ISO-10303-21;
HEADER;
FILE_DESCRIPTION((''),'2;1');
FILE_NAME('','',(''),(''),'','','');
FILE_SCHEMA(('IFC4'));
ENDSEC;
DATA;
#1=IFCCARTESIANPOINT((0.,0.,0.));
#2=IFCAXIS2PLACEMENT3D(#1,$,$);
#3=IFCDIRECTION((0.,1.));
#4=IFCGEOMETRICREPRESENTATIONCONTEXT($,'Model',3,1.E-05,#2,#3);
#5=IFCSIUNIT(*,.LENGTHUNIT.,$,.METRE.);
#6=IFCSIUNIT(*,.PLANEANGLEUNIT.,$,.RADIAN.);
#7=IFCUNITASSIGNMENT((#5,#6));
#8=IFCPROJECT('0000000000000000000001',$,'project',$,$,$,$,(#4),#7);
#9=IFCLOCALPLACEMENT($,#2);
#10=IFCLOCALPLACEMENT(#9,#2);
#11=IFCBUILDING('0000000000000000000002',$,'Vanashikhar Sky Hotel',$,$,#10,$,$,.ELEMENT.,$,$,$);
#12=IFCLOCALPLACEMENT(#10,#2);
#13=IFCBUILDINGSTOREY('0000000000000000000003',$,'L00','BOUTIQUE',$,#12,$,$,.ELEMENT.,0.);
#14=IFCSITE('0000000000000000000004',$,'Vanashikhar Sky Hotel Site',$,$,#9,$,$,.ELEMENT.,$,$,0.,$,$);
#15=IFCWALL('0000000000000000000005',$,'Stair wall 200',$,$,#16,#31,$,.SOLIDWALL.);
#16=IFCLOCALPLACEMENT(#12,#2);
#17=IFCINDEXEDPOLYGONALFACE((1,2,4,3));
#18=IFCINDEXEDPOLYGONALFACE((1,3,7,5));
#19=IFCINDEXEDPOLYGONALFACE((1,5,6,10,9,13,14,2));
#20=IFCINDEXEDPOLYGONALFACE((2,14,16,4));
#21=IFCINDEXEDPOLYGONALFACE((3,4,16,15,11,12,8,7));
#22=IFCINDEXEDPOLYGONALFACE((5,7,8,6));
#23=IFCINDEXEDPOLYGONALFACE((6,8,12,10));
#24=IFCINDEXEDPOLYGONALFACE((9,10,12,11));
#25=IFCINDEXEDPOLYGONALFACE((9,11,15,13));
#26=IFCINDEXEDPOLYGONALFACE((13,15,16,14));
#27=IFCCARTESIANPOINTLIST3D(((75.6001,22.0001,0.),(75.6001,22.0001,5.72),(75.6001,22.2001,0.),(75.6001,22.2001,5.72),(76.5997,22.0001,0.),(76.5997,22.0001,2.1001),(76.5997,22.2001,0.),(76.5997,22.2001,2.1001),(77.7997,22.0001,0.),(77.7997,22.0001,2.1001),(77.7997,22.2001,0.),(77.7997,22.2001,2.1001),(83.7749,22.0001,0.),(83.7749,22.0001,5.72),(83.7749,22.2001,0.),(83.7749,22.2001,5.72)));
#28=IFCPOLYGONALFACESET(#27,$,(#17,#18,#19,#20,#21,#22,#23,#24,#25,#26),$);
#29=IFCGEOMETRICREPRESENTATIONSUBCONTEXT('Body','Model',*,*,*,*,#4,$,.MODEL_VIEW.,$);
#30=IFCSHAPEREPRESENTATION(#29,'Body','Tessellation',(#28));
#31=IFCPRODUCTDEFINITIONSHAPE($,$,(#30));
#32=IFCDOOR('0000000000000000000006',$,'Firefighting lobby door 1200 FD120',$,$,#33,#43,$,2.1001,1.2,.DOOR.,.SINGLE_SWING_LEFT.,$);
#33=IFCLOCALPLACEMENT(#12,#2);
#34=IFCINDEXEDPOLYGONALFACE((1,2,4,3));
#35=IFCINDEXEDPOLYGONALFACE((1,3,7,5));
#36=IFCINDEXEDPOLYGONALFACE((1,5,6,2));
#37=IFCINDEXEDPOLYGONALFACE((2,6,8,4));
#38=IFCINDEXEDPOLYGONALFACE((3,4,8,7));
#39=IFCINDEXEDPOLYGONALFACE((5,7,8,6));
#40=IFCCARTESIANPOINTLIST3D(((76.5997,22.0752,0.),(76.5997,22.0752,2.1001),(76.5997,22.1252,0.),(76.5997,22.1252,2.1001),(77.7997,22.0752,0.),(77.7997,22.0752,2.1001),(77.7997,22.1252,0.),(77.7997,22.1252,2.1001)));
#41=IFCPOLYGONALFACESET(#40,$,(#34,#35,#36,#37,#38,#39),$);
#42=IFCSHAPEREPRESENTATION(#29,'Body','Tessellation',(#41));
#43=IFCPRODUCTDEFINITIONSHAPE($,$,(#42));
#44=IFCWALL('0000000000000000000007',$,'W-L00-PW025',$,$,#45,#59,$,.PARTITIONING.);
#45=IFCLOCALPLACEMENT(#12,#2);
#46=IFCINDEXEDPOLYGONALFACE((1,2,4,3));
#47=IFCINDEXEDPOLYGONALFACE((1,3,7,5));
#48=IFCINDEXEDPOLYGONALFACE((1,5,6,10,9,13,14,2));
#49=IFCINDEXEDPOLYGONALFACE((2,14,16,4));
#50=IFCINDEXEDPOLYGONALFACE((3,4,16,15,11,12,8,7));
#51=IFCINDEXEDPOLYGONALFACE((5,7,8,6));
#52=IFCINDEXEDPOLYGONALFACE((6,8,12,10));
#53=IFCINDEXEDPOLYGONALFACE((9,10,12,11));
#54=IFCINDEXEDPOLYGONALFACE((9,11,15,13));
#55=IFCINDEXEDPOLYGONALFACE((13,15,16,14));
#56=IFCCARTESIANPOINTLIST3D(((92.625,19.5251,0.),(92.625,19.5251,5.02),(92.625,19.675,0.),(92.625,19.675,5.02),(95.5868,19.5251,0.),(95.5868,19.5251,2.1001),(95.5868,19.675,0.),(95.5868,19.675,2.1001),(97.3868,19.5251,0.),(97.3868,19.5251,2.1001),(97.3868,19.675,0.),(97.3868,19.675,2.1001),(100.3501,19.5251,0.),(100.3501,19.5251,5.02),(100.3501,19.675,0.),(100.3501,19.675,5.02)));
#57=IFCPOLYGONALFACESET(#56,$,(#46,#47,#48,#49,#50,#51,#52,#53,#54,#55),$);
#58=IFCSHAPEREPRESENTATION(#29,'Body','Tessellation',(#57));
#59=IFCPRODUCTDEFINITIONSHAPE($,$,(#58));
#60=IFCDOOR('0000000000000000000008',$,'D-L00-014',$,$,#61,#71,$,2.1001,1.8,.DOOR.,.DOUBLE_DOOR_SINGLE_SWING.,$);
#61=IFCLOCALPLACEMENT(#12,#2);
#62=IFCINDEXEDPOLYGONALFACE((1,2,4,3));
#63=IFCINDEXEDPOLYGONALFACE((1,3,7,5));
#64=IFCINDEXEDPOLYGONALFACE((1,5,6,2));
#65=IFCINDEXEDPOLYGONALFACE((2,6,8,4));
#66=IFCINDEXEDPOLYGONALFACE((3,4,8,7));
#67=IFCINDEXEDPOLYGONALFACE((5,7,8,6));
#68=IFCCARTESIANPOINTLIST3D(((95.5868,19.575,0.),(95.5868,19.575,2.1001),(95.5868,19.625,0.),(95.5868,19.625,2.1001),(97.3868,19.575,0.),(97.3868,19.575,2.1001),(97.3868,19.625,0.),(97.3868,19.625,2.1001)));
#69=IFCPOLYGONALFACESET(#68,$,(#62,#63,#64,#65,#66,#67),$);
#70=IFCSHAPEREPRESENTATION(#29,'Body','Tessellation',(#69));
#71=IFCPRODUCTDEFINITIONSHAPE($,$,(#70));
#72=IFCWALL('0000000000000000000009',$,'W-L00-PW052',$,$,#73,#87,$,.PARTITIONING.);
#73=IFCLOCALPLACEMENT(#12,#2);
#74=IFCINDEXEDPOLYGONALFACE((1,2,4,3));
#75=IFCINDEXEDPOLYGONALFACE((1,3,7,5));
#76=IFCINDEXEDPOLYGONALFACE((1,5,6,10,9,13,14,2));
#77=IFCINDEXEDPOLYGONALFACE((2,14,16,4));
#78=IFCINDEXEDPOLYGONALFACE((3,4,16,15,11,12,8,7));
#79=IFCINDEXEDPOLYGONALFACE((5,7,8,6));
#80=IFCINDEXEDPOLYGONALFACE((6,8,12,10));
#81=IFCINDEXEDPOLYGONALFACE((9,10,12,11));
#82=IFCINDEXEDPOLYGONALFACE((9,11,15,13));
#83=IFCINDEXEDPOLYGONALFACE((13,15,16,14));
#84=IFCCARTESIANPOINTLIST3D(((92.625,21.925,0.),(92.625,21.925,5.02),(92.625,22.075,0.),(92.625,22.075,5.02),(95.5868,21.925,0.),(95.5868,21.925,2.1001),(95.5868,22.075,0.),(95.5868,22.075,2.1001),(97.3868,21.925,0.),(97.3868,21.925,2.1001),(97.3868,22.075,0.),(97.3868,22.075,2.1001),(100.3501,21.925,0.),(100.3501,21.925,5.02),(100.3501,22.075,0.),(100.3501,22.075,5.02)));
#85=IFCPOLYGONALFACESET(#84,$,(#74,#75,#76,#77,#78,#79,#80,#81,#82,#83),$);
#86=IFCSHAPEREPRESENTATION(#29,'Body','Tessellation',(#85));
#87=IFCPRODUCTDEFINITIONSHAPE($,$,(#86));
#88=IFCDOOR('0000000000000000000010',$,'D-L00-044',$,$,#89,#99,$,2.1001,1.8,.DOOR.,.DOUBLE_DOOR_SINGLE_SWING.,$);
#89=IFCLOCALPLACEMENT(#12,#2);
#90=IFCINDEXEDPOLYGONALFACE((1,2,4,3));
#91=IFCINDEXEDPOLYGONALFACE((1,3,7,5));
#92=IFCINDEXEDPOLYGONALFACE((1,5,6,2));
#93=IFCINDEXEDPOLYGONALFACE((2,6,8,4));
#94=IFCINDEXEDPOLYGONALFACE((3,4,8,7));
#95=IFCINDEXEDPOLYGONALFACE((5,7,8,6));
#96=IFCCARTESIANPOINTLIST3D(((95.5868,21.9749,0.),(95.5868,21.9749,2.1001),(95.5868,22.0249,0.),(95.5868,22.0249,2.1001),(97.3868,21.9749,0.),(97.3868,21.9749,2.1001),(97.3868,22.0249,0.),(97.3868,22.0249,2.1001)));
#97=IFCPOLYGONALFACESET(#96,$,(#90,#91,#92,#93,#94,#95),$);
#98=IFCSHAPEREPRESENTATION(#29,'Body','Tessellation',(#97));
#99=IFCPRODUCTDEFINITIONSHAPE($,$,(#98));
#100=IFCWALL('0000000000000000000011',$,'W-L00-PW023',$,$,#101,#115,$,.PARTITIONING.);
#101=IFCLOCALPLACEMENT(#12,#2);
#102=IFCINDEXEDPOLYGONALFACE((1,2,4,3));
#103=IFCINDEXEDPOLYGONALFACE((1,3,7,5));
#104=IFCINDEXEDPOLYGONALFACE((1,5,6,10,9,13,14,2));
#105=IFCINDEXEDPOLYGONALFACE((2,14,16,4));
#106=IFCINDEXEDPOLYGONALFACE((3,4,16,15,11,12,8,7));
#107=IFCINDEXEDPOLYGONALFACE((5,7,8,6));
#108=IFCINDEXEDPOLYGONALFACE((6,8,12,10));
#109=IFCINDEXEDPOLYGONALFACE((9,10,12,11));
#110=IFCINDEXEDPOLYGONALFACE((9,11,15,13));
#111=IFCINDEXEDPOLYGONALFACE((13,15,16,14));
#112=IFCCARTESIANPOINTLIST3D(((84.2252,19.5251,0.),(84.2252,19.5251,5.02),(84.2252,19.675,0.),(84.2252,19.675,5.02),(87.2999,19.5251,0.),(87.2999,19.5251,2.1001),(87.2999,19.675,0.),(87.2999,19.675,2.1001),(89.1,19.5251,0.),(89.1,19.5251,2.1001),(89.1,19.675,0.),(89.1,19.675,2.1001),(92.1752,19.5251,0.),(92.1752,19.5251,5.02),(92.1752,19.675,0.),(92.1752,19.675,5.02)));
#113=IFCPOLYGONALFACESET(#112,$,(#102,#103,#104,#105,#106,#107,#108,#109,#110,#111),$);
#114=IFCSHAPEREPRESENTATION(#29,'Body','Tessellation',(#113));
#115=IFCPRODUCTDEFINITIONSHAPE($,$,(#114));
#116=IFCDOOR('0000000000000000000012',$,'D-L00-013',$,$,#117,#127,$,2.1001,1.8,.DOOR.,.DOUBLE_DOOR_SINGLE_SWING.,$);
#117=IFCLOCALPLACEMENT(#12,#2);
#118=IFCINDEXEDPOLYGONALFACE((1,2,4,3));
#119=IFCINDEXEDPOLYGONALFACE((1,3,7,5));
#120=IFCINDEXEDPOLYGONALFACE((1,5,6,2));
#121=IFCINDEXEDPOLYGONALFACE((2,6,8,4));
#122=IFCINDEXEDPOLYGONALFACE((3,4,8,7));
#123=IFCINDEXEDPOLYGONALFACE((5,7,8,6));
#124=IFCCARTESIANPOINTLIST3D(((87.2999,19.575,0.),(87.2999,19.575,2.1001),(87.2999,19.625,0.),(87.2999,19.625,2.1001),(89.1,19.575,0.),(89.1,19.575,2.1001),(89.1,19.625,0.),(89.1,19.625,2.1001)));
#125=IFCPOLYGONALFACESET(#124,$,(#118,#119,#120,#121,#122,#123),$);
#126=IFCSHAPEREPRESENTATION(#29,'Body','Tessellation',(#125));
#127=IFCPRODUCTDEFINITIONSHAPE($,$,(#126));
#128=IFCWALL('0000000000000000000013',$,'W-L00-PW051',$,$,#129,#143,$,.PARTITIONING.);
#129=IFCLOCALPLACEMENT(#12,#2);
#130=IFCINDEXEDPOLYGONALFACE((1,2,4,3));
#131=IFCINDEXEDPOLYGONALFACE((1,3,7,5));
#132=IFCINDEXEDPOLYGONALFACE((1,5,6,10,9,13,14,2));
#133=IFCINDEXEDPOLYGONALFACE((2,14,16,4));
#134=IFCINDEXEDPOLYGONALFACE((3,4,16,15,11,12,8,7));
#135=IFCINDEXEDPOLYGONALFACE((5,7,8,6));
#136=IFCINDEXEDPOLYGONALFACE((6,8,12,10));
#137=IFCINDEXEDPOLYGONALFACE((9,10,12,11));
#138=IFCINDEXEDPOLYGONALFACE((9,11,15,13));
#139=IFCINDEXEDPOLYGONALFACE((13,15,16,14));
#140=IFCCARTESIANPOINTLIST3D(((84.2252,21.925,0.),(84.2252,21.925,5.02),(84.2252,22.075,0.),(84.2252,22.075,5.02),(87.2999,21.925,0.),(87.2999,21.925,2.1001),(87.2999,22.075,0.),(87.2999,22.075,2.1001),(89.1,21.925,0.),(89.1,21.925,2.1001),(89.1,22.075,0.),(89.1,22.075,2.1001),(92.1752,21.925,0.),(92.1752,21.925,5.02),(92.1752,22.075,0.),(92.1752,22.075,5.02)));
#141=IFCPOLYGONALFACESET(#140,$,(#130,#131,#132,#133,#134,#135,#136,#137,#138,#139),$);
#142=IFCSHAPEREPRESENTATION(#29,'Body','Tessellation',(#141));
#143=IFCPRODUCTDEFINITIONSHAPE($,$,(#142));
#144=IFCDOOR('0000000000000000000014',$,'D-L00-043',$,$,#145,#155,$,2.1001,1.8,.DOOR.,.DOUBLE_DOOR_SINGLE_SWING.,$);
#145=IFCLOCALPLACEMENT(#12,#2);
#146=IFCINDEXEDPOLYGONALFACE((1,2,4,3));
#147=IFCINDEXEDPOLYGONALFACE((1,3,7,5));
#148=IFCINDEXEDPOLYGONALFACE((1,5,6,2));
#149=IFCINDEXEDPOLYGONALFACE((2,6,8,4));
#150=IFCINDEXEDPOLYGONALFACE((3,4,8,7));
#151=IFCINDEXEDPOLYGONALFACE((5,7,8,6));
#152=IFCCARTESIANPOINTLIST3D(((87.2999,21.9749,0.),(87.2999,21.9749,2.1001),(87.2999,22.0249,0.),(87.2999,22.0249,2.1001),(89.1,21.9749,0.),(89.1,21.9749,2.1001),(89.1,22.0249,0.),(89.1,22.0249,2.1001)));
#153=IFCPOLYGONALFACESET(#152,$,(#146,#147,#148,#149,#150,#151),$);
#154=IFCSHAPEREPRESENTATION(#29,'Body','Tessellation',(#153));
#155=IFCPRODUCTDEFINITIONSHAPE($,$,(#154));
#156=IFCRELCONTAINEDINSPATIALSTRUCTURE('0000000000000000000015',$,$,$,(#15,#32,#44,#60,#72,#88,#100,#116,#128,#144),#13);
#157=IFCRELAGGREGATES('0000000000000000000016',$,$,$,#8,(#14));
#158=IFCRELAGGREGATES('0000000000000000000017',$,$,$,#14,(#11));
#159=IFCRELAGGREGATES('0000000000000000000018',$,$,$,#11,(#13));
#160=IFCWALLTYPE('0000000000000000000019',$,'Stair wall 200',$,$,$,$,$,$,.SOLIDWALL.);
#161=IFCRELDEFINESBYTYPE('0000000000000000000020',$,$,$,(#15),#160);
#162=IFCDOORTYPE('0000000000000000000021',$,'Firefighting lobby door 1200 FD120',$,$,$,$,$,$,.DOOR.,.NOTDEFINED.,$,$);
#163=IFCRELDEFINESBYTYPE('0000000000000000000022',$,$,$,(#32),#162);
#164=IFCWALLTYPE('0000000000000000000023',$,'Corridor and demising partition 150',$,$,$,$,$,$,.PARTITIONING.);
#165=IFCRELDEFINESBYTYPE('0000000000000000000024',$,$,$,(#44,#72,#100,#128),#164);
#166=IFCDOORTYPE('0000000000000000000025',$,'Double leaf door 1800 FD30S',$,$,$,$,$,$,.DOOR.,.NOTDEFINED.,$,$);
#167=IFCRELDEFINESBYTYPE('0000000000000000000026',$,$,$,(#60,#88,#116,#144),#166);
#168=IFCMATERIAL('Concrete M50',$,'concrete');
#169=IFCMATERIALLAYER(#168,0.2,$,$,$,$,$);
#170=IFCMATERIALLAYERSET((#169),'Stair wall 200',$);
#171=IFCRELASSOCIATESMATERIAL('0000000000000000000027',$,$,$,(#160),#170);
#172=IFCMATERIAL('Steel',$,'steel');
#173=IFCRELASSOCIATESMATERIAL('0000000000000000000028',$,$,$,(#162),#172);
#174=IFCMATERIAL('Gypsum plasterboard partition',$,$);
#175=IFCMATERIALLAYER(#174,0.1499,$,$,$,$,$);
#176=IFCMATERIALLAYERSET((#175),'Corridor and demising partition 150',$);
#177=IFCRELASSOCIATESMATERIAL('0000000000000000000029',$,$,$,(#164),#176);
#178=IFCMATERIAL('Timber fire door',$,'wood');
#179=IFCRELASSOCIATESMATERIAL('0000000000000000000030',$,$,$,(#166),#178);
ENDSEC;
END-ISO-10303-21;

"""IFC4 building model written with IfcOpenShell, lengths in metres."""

from ifc_helpers import new_model, si_unit, direction, frame, frame_2d, origin, place, context, subcontext, project, spatial, rectangle, extrude, source, transform, mapped, material, layer, layer_set, type_object, element, fill, save


model = new_model("IFC4")

# Units and contexts
model_context = context("Model", 3, precision=1e-05, world=origin(), true_north=direction((0.0, 1.0)))
body_context = subcontext(model_context, "Body", "Model", "MODEL_VIEW")
ifc_project = project(units=[si_unit("LENGTHUNIT", "METRE"), si_unit("PLANEANGLEUNIT", "RADIAN")], contexts=[model_context])

# Site, building, storey
site_placement = place(None, origin())
site = spatial("IfcSite", under=ifc_project, at=site_placement, Name="Vanashikhar Sky Hotel Site", CompositionType="ELEMENT", RefElevation=0.0)
building_placement = place(site_placement, origin())
building = spatial("IfcBuilding", under=site, at=building_placement, Name="Vanashikhar Sky Hotel", CompositionType="ELEMENT")
storey_placement = place(building_placement, origin())
storey = spatial("IfcBuildingStorey", under=building, at=storey_placement, Name="L00", Description="BOUTIQUE", CompositionType="ELEMENT", Elevation=0.0)

# Shared definitions
ifc_material_1 = material(Name="Concrete M50", Category="concrete")

# Walls, openings, doors
ifc_layer_1 = layer(ifc_material_1, 0.2)
ifc_layer_set_1 = layer_set([ifc_layer_1], Name="Stair wall 200")
wall_type_1 = type_object("IfcWallType", Name="Stair wall 200", PredefinedType="SOLIDWALL", material=ifc_layer_set_1)
shared_shape_1 = source(origin(), body_context, "Body", "SweptSolid", [
    extrude(rectangle(XDim=8.1748, YDim=0.2, at=frame_2d((4.0874, 0.0))), origin(), (0.0, 0.0, 1.0), 5.72),
])
wall_1_placement = place(storey_placement, frame((83.7749, 22.1001, 0.0), z_axis=(0.0, 0.0, 1.0), x_axis=(-1.0, 0.0, 0.0)))
wall_1 = element("IfcWall", 1, at=wall_1_placement, inside=storey, type_object=wall_type_1, Name="Stair wall 200", PredefinedType="SOLIDWALL", context=body_context, shape_type="MappedRepresentation", body=[
    mapped(shared_shape_1, transform((0.0, 0.0, 0.0), scale=1.0)),
])
shared_shape_2 = source(origin(), body_context, "Body", "SweptSolid", [
    extrude(rectangle(XDim=1.2, YDim=2.1001, at=frame_2d((0.6001, 1.05))), frame((0.0, 0.1099, 0.0), z_axis=(0.0, -1.0, 0.0), x_axis=(1.0, 0.0, 0.0)), (0.0, 0.0, 1.0), 0.22),
])
opening_1_placement = place(wall_1_placement, frame((5.9751, 0.0, 0.0)))
opening_1 = element("IfcOpeningElement", 2, at=opening_1_placement, cuts=wall_1, PredefinedType="OPENING", context=body_context, shape_type="MappedRepresentation", body=[
    mapped(shared_shape_2, transform((0.0, 0.0, 0.0), scale=1.0)),
])
ifc_material_2 = material(Name="Steel", Category="steel")
door_type_1 = type_object("IfcDoorType", Name="Firefighting lobby door 1200 FD120", OperationType="NOTDEFINED", PredefinedType="DOOR", material=ifc_material_2)
shared_shape_3 = source(origin(), body_context, "Body", "SweptSolid", [
    extrude(rectangle(XDim=1.2, YDim=2.1001, at=frame_2d((0.6001, 1.05))), frame((0.0, 0.0249, 0.0), z_axis=(0.0, -1.0, 0.0), x_axis=(1.0, 0.0, 0.0)), (0.0, 0.0, 1.0), 0.05),
])
door_1_placement = place(opening_1_placement, origin())
door_1 = element("IfcDoor", 3, at=door_1_placement, inside=storey, type_object=door_type_1, Name="Firefighting lobby door 1200 FD120", OperationType="SINGLE_SWING_LEFT", OverallHeight=2.1001, OverallWidth=1.2, PredefinedType="DOOR", context=body_context, shape_type="MappedRepresentation", body=[
    mapped(shared_shape_3, transform((0.0, 0.0, 0.0), scale=1.0)),
])
fill(opening_1, door_1)
ifc_material_3 = material(Name="Gypsum plasterboard partition")
ifc_layer_2 = layer(ifc_material_3, 0.1499)
ifc_layer_set_2 = layer_set([ifc_layer_2], Name="Corridor and demising partition 150")
wall_type_2 = type_object("IfcWallType", Name="Corridor and demising partition 150", PredefinedType="PARTITIONING", material=ifc_layer_set_2)
shared_shape_4 = source(origin(), body_context, "Body", "SweptSolid", [
    extrude(rectangle(XDim=7.7251, YDim=0.1499, at=frame_2d((3.8625, 0.0))), origin(), (0.0, 0.0, 1.0), 5.02),
])
wall_2_placement = place(storey_placement, frame((92.625, 19.6001, 0.0), z_axis=(0.0, 0.0, 1.0), x_axis=(1.0, 0.0, 0.0)))
wall_2 = element("IfcWall", 4, at=wall_2_placement, inside=storey, type_object=wall_type_2, Name="W-L00-PW025", PredefinedType="PARTITIONING", context=body_context, shape_type="MappedRepresentation", body=[
    mapped(shared_shape_4, transform((0.0, 0.0, 0.0), scale=1.0)),
])
shared_shape_5 = source(origin(), body_context, "Body", "SweptSolid", [
    extrude(rectangle(XDim=1.8, YDim=2.1001, at=frame_2d((0.8999, 1.05))), frame((0.0, 0.085, 0.0), z_axis=(0.0, -1.0, 0.0), x_axis=(1.0, 0.0, 0.0)), (0.0, 0.0, 1.0), 0.1699),
])
opening_2_placement = place(wall_2_placement, frame((2.9619, 0.0, 0.0)))
opening_2 = element("IfcOpeningElement", 5, at=opening_2_placement, cuts=wall_2, PredefinedType="OPENING", context=body_context, shape_type="MappedRepresentation", body=[
    mapped(shared_shape_5, transform((0.0, 0.0, 0.0), scale=1.0)),
])
ifc_material_4 = material(Name="Timber fire door", Category="wood")
door_type_2 = type_object("IfcDoorType", Name="Double leaf door 1800 FD30S", OperationType="NOTDEFINED", PredefinedType="DOOR", material=ifc_material_4)
shared_shape_6 = source(origin(), body_context, "Body", "SweptSolid", [
    extrude(rectangle(XDim=1.8, YDim=2.1001, at=frame_2d((0.8999, 1.05))), frame((0.0, 0.0249, 0.0), z_axis=(0.0, -1.0, 0.0), x_axis=(1.0, 0.0, 0.0)), (0.0, 0.0, 1.0), 0.05),
])
door_2_placement = place(opening_2_placement, origin())
door_2 = element("IfcDoor", 6, at=door_2_placement, inside=storey, type_object=door_type_2, Name="D-L00-014", OperationType="DOUBLE_DOOR_SINGLE_SWING", OverallHeight=2.1001, OverallWidth=1.8, PredefinedType="DOOR", context=body_context, shape_type="MappedRepresentation", body=[
    mapped(shared_shape_6, transform((0.0, 0.0, 0.0), scale=1.0)),
])
fill(opening_2, door_2)
wall_3_placement = place(storey_placement, frame((92.625, 22.0, 0.0), z_axis=(0.0, 0.0, 1.0), x_axis=(1.0, 0.0, 0.0)))
wall_3 = element("IfcWall", 7, at=wall_3_placement, inside=storey, type_object=wall_type_2, Name="W-L00-PW052", PredefinedType="PARTITIONING", context=body_context, shape_type="MappedRepresentation", body=[
    mapped(shared_shape_4, transform((0.0, 0.0, 0.0), scale=1.0)),
])
opening_3_placement = place(wall_3_placement, frame((2.9619, 0.0, 0.0)))
opening_3 = element("IfcOpeningElement", 8, at=opening_3_placement, cuts=wall_3, PredefinedType="OPENING", context=body_context, shape_type="MappedRepresentation", body=[
    mapped(shared_shape_5, transform((0.0, 0.0, 0.0), scale=1.0)),
])
door_3_placement = place(opening_3_placement, origin())
door_3 = element("IfcDoor", 9, at=door_3_placement, inside=storey, type_object=door_type_2, Name="D-L00-044", OperationType="DOUBLE_DOOR_SINGLE_SWING", OverallHeight=2.1001, OverallWidth=1.8, PredefinedType="DOOR", context=body_context, shape_type="MappedRepresentation", body=[
    mapped(shared_shape_6, transform((0.0, 0.0, 0.0), scale=1.0)),
])
fill(opening_3, door_3)
shared_shape_7 = source(origin(), body_context, "Body", "SweptSolid", [
    extrude(rectangle(XDim=7.95, YDim=0.1499, at=frame_2d((3.9751, 0.0))), origin(), (0.0, 0.0, 1.0), 5.02),
])
wall_4_placement = place(storey_placement, frame((84.2251, 19.6001, 0.0), z_axis=(0.0, 0.0, 1.0), x_axis=(1.0, 0.0, 0.0)))
wall_4 = element("IfcWall", 10, at=wall_4_placement, inside=storey, type_object=wall_type_2, Name="W-L00-PW023", PredefinedType="PARTITIONING", context=body_context, shape_type="MappedRepresentation", body=[
    mapped(shared_shape_7, transform((0.0, 0.0, 0.0), scale=1.0)),
])
opening_4_placement = place(wall_4_placement, frame((3.075, 0.0, 0.0)))
opening_4 = element("IfcOpeningElement", 11, at=opening_4_placement, cuts=wall_4, PredefinedType="OPENING", context=body_context, shape_type="MappedRepresentation", body=[
    mapped(shared_shape_5, transform((0.0, 0.0, 0.0), scale=1.0)),
])
door_4_placement = place(opening_4_placement, origin())
door_4 = element("IfcDoor", 12, at=door_4_placement, inside=storey, type_object=door_type_2, Name="D-L00-013", OperationType="DOUBLE_DOOR_SINGLE_SWING", OverallHeight=2.1001, OverallWidth=1.8, PredefinedType="DOOR", context=body_context, shape_type="MappedRepresentation", body=[
    mapped(shared_shape_6, transform((0.0, 0.0, 0.0), scale=1.0)),
])
fill(opening_4, door_4)
wall_5_placement = place(storey_placement, frame((84.2251, 22.0, 0.0), z_axis=(0.0, 0.0, 1.0), x_axis=(1.0, 0.0, 0.0)))
wall_5 = element("IfcWall", 13, at=wall_5_placement, inside=storey, type_object=wall_type_2, Name="W-L00-PW051", PredefinedType="PARTITIONING", context=body_context, shape_type="MappedRepresentation", body=[
    mapped(shared_shape_7, transform((0.0, 0.0, 0.0), scale=1.0)),
])
opening_5_placement = place(wall_5_placement, frame((3.075, 0.0, 0.0)))
opening_5 = element("IfcOpeningElement", 14, at=opening_5_placement, cuts=wall_5, PredefinedType="OPENING", context=body_context, shape_type="MappedRepresentation", body=[
    mapped(shared_shape_5, transform((0.0, 0.0, 0.0), scale=1.0)),
])
door_5_placement = place(opening_5_placement, origin())
door_5 = element("IfcDoor", 15, at=door_5_placement, inside=storey, type_object=door_type_2, Name="D-L00-043", OperationType="DOUBLE_DOOR_SINGLE_SWING", OverallHeight=2.1001, OverallWidth=1.8, PredefinedType="DOOR", context=body_context, shape_type="MappedRepresentation", body=[
    mapped(shared_shape_6, transform((0.0, 0.0, 0.0), scale=1.0)),
])
fill(opening_5, door_5)

save(model, "model.ifc")
